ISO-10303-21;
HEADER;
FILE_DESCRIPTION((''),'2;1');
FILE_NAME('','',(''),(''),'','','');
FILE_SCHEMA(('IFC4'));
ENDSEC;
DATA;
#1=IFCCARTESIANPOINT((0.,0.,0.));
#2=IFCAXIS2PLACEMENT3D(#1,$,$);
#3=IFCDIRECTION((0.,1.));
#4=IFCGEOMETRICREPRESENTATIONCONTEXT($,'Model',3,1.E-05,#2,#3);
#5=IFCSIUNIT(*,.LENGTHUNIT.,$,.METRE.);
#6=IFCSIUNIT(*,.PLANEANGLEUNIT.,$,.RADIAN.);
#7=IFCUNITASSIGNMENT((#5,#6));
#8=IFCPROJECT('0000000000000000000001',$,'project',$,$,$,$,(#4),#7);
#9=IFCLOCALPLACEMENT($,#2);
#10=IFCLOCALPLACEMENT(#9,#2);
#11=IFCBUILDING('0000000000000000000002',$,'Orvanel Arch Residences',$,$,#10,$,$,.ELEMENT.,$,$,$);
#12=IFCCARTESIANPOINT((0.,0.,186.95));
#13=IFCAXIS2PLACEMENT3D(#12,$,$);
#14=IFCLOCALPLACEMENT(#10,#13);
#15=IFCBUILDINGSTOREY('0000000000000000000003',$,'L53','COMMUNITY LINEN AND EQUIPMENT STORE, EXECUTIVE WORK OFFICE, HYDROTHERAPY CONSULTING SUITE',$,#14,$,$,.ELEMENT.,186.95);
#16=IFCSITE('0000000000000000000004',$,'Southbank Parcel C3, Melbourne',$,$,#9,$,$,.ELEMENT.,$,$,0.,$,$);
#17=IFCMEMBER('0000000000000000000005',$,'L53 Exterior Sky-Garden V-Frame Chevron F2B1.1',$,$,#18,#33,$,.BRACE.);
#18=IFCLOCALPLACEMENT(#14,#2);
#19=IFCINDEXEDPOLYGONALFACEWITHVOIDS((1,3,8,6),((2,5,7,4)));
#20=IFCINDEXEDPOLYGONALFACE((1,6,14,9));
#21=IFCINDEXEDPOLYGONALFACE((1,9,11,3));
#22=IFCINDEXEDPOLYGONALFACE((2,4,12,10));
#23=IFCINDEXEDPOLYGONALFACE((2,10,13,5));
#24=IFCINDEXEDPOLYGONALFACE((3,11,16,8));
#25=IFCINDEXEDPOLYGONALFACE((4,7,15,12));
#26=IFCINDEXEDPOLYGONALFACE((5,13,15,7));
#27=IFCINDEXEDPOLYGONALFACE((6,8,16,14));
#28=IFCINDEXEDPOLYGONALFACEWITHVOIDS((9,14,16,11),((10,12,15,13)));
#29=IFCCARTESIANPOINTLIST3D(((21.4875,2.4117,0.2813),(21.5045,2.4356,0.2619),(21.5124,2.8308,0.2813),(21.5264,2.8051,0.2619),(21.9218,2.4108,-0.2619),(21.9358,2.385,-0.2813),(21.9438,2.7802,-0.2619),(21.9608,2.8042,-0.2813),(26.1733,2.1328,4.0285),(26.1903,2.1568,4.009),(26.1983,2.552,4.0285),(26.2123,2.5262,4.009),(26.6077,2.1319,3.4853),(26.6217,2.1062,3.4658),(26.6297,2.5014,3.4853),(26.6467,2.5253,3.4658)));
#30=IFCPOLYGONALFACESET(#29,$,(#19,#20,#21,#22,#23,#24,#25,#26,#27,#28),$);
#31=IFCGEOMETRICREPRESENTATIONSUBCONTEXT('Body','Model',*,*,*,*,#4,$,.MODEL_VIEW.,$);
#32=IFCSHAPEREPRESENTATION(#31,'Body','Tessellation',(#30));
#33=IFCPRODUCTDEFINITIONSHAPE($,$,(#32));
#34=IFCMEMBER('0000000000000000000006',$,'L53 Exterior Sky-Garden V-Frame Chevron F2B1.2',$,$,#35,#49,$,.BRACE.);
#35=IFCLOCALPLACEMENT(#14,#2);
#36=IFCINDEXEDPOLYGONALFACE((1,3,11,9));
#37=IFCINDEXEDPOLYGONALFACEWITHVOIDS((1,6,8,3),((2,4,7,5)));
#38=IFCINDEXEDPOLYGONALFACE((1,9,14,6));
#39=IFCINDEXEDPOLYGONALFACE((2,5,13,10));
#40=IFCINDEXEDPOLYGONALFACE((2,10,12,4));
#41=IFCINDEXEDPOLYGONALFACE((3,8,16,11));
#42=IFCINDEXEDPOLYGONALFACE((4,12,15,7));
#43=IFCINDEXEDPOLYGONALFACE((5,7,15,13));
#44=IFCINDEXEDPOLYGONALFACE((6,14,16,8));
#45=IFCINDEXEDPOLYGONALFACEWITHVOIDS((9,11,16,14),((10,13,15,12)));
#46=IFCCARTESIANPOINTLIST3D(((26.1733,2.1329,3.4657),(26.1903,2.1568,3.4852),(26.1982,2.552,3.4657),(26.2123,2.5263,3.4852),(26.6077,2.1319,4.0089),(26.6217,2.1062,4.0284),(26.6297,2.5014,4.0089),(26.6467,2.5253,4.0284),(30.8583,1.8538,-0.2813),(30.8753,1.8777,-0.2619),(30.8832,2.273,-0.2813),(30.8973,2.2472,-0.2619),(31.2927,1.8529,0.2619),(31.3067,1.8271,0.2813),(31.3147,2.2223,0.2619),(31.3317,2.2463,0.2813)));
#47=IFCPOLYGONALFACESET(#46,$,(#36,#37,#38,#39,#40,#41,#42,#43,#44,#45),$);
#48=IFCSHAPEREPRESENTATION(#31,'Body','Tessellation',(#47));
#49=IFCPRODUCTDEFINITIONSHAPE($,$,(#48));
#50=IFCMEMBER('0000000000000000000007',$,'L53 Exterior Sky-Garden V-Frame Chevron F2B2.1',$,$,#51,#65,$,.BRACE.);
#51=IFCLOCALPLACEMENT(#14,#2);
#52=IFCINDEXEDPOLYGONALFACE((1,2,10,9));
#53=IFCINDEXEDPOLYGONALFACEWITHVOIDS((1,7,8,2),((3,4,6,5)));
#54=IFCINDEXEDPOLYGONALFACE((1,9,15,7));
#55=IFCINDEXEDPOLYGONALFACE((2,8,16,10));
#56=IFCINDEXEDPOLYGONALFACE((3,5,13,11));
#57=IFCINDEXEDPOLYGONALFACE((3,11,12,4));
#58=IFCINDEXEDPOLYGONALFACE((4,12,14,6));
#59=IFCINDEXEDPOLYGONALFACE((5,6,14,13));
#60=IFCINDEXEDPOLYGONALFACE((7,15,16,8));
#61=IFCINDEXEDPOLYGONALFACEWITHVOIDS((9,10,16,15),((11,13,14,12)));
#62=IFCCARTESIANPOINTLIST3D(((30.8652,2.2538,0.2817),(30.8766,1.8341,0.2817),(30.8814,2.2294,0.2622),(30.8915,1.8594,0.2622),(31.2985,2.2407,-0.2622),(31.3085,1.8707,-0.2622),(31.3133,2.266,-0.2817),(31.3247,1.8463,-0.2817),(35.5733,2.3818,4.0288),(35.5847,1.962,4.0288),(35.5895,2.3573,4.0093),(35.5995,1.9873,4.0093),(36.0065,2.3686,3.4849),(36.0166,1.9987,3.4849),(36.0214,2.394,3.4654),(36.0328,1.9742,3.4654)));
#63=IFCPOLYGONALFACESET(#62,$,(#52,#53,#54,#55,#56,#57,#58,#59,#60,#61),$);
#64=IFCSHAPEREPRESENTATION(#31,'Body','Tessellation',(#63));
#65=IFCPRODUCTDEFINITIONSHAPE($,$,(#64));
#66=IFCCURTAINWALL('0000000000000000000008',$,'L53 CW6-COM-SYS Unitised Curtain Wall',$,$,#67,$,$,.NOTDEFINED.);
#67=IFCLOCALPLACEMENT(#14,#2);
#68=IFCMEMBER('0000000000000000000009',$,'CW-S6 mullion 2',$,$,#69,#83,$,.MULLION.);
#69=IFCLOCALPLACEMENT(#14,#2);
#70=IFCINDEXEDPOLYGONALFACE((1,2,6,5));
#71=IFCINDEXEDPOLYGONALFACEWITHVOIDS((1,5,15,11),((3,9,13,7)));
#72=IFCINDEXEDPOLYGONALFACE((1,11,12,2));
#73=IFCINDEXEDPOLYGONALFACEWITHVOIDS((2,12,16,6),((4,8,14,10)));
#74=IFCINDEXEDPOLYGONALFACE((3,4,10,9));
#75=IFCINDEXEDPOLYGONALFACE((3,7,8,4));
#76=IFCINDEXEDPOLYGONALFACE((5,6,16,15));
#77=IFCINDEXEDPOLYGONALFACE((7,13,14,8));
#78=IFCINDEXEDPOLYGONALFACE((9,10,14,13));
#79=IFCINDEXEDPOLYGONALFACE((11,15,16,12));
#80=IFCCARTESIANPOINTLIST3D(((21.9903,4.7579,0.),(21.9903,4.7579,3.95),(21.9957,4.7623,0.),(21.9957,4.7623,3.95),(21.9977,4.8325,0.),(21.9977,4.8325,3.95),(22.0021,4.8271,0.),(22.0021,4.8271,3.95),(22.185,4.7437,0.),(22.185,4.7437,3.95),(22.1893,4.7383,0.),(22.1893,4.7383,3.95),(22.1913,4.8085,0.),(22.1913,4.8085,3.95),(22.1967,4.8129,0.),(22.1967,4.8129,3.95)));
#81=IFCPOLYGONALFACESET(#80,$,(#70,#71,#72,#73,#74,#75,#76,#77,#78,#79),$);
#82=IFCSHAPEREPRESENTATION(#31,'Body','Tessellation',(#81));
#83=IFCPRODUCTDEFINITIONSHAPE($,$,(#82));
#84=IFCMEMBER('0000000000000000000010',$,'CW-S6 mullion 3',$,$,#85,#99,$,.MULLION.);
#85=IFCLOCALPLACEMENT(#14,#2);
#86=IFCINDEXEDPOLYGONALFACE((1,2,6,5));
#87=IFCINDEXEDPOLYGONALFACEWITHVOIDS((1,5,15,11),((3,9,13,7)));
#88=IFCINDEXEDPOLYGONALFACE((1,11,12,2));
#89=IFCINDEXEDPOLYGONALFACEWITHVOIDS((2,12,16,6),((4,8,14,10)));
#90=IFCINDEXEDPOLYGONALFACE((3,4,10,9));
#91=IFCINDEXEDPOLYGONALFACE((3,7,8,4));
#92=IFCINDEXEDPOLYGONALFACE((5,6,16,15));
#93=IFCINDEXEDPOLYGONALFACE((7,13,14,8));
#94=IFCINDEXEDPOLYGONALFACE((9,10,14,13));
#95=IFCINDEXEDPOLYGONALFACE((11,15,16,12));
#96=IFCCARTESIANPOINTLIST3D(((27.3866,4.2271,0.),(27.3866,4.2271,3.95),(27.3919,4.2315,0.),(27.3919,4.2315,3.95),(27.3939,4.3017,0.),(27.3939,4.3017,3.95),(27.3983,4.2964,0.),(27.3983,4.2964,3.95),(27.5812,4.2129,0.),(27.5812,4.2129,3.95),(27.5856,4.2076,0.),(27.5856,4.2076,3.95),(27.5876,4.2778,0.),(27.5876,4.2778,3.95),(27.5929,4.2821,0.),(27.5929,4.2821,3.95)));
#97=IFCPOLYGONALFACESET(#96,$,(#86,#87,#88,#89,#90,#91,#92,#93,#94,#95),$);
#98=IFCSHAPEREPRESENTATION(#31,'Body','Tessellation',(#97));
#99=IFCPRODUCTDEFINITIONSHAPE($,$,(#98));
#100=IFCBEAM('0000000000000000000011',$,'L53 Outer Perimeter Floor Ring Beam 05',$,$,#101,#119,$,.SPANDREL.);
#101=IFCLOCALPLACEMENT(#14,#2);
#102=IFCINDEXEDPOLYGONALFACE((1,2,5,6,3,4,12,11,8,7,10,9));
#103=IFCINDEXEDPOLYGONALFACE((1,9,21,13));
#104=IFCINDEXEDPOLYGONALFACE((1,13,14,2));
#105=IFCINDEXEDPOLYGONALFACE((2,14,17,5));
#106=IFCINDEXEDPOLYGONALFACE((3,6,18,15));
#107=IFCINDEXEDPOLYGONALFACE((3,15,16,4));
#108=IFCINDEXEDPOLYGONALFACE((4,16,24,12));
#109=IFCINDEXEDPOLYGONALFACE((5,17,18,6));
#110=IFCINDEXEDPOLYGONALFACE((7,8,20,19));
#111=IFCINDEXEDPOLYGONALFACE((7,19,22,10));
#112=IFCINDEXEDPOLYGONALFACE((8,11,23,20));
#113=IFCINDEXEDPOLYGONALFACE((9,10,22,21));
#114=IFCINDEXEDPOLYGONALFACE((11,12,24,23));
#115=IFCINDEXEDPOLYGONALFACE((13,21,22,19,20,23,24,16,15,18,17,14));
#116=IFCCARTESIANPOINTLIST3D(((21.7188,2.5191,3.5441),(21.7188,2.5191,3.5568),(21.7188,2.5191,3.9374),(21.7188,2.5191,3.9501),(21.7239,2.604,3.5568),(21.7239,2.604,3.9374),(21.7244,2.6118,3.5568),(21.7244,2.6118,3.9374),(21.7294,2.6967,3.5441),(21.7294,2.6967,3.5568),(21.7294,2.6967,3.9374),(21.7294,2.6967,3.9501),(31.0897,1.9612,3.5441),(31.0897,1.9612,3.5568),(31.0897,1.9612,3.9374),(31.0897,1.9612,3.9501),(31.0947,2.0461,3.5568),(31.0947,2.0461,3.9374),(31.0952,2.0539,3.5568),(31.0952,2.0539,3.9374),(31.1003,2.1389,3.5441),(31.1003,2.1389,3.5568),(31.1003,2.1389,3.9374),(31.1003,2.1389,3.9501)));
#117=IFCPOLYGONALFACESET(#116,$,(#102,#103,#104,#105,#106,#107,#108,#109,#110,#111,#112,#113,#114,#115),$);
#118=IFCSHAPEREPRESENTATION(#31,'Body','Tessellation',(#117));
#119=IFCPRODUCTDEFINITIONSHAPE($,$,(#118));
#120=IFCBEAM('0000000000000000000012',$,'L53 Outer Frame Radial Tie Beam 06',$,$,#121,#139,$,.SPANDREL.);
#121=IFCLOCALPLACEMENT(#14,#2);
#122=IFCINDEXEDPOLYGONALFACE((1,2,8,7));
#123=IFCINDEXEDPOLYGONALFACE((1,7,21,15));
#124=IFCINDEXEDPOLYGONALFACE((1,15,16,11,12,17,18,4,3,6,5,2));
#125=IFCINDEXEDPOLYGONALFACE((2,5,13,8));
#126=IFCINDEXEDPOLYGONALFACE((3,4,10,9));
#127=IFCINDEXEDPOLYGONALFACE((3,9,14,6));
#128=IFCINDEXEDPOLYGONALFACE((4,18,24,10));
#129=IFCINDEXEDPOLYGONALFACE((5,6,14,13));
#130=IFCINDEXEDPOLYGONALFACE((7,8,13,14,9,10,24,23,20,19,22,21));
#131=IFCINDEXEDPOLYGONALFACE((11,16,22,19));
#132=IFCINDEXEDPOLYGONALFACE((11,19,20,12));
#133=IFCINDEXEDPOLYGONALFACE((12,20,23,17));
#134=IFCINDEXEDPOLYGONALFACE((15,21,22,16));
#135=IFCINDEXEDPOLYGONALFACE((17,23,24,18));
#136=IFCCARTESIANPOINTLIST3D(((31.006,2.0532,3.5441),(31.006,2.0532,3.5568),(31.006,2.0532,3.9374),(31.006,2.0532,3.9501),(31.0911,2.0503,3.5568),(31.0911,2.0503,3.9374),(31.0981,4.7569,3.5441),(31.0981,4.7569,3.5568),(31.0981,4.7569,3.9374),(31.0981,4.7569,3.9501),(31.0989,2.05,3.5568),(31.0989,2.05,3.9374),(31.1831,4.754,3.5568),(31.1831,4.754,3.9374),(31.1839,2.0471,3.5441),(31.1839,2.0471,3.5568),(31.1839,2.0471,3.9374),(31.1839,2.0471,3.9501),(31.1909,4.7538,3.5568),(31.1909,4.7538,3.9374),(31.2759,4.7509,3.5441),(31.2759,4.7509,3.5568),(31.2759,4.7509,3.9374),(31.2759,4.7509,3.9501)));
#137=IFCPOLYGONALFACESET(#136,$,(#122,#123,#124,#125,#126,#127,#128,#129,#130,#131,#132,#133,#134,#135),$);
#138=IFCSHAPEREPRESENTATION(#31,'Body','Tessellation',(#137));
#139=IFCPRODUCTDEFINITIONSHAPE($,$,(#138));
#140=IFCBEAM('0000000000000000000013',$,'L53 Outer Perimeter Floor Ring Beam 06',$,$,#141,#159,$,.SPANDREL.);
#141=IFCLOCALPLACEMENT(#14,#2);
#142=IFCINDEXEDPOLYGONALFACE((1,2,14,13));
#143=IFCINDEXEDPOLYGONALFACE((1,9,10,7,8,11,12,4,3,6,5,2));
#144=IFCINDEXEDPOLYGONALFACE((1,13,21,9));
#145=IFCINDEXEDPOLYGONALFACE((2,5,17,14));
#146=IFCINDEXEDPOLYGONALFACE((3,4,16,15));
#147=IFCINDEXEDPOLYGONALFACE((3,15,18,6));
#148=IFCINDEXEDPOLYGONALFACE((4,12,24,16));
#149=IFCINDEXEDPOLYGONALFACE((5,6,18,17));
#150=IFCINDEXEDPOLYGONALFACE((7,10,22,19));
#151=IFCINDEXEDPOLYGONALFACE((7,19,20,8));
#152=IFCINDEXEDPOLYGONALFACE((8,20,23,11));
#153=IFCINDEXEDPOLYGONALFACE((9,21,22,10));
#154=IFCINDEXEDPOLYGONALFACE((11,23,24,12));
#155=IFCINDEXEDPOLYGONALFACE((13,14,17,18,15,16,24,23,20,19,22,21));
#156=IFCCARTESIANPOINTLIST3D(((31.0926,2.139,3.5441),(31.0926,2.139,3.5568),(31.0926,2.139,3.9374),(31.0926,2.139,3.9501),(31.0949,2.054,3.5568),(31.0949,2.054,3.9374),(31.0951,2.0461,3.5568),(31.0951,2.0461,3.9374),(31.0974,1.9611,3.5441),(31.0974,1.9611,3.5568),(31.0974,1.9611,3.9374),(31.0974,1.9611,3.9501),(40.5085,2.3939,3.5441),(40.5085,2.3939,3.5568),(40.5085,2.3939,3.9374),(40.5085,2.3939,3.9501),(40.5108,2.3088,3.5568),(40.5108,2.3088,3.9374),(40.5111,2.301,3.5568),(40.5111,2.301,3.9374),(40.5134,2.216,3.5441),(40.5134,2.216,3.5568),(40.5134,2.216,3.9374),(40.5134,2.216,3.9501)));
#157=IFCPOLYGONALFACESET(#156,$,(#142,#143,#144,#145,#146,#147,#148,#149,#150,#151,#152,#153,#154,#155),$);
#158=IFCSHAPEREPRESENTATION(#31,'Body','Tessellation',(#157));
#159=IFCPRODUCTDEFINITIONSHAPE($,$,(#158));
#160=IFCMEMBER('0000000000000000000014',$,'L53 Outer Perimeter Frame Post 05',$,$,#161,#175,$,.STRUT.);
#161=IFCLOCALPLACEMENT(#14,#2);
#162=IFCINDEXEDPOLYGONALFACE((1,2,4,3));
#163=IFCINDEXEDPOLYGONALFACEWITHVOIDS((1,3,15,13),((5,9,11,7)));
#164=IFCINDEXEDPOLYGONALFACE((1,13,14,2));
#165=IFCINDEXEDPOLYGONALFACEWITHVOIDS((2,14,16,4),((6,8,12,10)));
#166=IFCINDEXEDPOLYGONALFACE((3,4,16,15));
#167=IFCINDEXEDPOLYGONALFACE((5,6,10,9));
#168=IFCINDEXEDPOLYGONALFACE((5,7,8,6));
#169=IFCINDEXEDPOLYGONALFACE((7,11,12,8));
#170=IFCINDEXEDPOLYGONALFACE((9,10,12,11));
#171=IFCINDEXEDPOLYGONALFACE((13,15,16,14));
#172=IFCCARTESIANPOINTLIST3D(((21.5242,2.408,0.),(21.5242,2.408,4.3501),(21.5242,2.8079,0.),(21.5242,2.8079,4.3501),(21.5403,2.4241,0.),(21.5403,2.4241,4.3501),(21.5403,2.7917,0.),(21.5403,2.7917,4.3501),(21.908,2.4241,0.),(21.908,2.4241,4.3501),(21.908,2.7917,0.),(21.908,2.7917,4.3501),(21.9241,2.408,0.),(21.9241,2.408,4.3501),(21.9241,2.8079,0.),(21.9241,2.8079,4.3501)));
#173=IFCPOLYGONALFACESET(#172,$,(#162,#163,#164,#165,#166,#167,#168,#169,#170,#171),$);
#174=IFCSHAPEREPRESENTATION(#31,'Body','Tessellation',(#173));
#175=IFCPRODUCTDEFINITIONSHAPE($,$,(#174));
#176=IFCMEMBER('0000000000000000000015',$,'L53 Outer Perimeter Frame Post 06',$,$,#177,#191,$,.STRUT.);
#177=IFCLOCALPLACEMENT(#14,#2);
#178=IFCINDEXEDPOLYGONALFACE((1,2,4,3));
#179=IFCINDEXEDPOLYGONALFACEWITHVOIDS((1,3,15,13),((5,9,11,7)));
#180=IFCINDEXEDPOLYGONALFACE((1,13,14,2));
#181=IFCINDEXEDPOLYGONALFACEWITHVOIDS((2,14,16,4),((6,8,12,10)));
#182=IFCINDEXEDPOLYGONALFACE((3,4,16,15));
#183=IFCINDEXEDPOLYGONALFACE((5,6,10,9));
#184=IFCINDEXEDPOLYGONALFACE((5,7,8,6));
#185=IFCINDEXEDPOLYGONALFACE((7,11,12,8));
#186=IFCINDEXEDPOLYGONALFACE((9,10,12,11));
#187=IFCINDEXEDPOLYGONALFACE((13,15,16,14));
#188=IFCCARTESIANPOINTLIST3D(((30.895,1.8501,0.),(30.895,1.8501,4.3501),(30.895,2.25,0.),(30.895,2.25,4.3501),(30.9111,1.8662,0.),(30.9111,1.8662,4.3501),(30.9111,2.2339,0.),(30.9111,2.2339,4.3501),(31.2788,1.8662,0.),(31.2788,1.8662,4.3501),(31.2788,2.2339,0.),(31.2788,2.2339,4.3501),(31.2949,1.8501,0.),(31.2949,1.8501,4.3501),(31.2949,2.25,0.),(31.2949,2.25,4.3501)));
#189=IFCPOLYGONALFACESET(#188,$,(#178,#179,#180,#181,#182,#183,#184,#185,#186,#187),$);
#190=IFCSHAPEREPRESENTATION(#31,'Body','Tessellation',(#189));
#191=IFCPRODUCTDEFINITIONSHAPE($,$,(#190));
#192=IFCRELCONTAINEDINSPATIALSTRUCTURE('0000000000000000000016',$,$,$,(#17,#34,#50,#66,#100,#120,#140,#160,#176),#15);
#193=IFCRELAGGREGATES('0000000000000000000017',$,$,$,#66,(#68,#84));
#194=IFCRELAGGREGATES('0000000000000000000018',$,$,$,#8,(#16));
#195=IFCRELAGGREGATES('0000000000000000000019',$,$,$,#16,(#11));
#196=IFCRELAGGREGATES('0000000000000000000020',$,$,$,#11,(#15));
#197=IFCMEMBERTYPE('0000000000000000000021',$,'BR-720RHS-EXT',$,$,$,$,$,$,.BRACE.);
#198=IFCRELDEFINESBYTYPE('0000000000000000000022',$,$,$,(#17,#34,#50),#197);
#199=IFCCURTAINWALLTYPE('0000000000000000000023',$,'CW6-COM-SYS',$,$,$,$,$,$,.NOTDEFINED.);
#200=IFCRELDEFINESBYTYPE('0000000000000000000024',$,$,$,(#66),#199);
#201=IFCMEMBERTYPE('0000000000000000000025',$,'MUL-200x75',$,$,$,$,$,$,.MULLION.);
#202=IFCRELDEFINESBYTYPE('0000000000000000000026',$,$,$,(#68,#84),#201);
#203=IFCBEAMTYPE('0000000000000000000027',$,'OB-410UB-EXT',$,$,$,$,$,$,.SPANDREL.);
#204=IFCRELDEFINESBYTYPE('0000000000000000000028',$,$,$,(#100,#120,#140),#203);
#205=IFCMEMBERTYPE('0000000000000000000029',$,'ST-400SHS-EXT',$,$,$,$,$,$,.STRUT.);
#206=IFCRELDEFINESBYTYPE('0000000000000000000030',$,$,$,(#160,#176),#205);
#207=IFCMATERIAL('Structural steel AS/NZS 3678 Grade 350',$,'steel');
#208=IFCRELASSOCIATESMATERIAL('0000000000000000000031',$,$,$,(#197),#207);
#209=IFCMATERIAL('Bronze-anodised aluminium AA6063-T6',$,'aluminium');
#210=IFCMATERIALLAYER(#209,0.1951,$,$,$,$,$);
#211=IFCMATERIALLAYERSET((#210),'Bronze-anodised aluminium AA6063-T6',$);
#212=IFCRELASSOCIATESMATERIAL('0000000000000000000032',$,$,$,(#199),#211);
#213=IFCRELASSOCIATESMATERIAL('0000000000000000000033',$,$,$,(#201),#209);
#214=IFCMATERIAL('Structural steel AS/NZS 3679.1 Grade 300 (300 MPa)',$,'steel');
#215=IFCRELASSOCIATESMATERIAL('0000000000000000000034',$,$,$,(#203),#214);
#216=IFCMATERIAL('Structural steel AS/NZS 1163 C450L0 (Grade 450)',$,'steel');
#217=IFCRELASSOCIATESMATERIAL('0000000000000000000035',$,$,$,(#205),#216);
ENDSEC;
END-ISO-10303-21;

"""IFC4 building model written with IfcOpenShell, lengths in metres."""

from ifc_helpers import new_model, si_unit, direction, frame, origin, origin_2d, place, context, subcontext, project, spatial, hollow_rectangle, i_section, extrude, material, layer, layer_set, material_profile, profile_set, type_object, element, aggregate, save


model = new_model("IFC4")

# Units and contexts
model_context = context("Model", 3, precision=1e-05, world=origin(), true_north=direction((0.0, 1.0)))
body_context = subcontext(model_context, "Body", "Model", "MODEL_VIEW")
ifc_project = project(units=[si_unit("LENGTHUNIT", "METRE"), si_unit("PLANEANGLEUNIT", "RADIAN")], contexts=[model_context])

# Site, building, storey
site_placement = place(None, origin())
site = spatial("IfcSite", under=ifc_project, at=site_placement, Name="Southbank Parcel C3, Melbourne", CompositionType="ELEMENT", RefElevation=0.0)
building_placement = place(site_placement, origin())
building = spatial("IfcBuilding", under=site, at=building_placement, Name="Orvanel Arch Residences", CompositionType="ELEMENT")
storey_placement = place(building_placement, frame((0.0, 0.0, 186.95)))
storey = spatial("IfcBuildingStorey", under=building, at=storey_placement, Name="L53", Description="COMMUNITY LINEN AND EQUIPMENT STORE, EXECUTIVE WORK OFFICE, HYDROTHERAPY CONSULTING SUITE", CompositionType="ELEMENT", Elevation=186.95)

# Members
ifc_material_1 = material(Name="Structural steel AS/NZS 3678 Grade 350", Category="steel")
ifc_material_profile_1 = material_profile(ifc_material_1, hollow_rectangle(XDim=0.4199, YDim=0.72, WallThickness=0.0249, at=origin_2d()), Name="RHS720x420x25")
ifc_profile_set_1 = profile_set([ifc_material_profile_1], Name="Structural steel AS/NZS 3678 Grade 350")
member_type_1 = type_object("IfcMemberType", Name="BR-720RHS-EXT", PredefinedType="BRACE", material=ifc_profile_set_1)
member_1_placement = place(storey_placement, frame((21.7241, 2.6079, 0.0), z_axis=(0.780154, -0.04642, 0.623863), x_axis=(0.059396, 0.998235, 0.0)))
element("IfcMember", 1, at=member_1_placement, inside=storey, type_object=member_type_1, Name="L53 Exterior Sky-Garden V-Frame Chevron F2B1.1", PredefinedType="BRACE", context=body_context, shape_type="SweptSolid", body=[
    extrude(hollow_rectangle(XDim=0.4199, YDim=0.72, WallThickness=0.0249, at=origin_2d()), origin(), (0.0, 0.0, 1.0), 6.0063),
])
member_2_placement = place(storey_placement, frame((31.095, 2.05, 0.0), z_axis=(-0.780105, 0.046465, 0.623921), x_axis=(-0.059457, -0.998231, 0.0)))
element("IfcMember", 2, at=member_2_placement, inside=storey, type_object=member_type_1, Name="L53 Exterior Sky-Garden V-Frame Chevron F2B1.2", PredefinedType="BRACE", context=body_context, shape_type="SweptSolid", body=[
    extrude(hollow_rectangle(XDim=0.4199, YDim=0.72, WallThickness=0.0249, at=origin_2d()), origin(), (0.0, 0.0, 1.0), 6.0056),
])
member_3_placement = place(storey_placement, frame((31.095, 2.05, 0.0), z_axis=(0.782257, 0.021256, 0.622593), x_axis=(-0.027163, 0.999631, 0.0)))
element("IfcMember", 3, at=member_3_placement, inside=storey, type_object=member_type_1, Name="L53 Exterior Sky-Garden V-Frame Chevron F2B2.1", PredefinedType="BRACE", context=body_context, shape_type="SweptSolid", body=[
    extrude(hollow_rectangle(XDim=0.4199, YDim=0.72, WallThickness=0.0249, at=origin_2d()), origin(), (0.0, 0.0, 1.0), 6.0186),
])

# Curtain wall, members
ifc_material_2 = material(Name="Bronze-anodised aluminium AA6063-T6", Category="aluminium")
ifc_layer_1 = layer(ifc_material_2, 0.1951)
ifc_layer_set_1 = layer_set([ifc_layer_1], Name="Bronze-anodised aluminium AA6063-T6")
curtain_wall_type = type_object("IfcCurtainWallType", Name="CW6-COM-SYS", PredefinedType="NOTDEFINED", material=ifc_layer_set_1)
curtain_wall_placement = place(storey_placement, origin())
curtain_wall = element("IfcCurtainWall", 4, at=curtain_wall_placement, inside=storey, type_object=curtain_wall_type, Name="L53 CW6-COM-SYS Unitised Curtain Wall", PredefinedType="NOTDEFINED")
ifc_material_profile_2 = material_profile(ifc_material_2, hollow_rectangle(XDim=0.075, YDim=0.2, WallThickness=0.0049, at=origin_2d()), Name="ALU200x75x5")
ifc_profile_set_2 = profile_set([ifc_material_profile_2], Name="Bronze-anodised aluminium AA6063-T6")
member_type_2 = type_object("IfcMemberType", Name="MUL-200x75", PredefinedType="MULLION", material=ifc_profile_set_2)
member_4_placement = place(storey_placement, frame((22.0935, 4.7854, 0.0), z_axis=(0.0, 0.0, 1.0), x_axis=(0.097899, 0.995196, 0.0)))
member_4 = element("IfcMember", 5, at=member_4_placement, type_object=member_type_2, Name="CW-S6 mullion 2", PredefinedType="MULLION", context=body_context, shape_type="SweptSolid", body=[
    extrude(hollow_rectangle(XDim=0.075, YDim=0.2, WallThickness=0.0049, at=origin_2d()), origin(), (0.0, 0.0, 1.0), 3.95),
])
member_5_placement = place(storey_placement, frame((27.4897, 4.2546, 0.0), z_axis=(0.0, 0.0, 1.0), x_axis=(0.097899, 0.995196, 0.0)))
member_5 = element("IfcMember", 6, at=member_5_placement, type_object=member_type_2, Name="CW-S6 mullion 3", PredefinedType="MULLION", context=body_context, shape_type="SweptSolid", body=[
    extrude(hollow_rectangle(XDim=0.075, YDim=0.2, WallThickness=0.0049, at=origin_2d()), origin(), (0.0, 0.0, 1.0), 3.95),
])

# Beams
ifc_material_3 = material(Name="Structural steel AS/NZS 3679.1 Grade 300 (300 MPa)", Category="steel")
ifc_material_profile_3 = material_profile(ifc_material_3, i_section(OverallWidth=0.178, OverallDepth=0.406, WebThickness=0.0078, FlangeThickness=0.0127, at=origin_2d()), Name="410UB59.7")
ifc_profile_set_3 = profile_set([ifc_material_profile_3], Name="Structural steel AS/NZS 3679.1 Grade 300 (300 MPa)")
beam_type = type_object("IfcBeamType", Name="OB-410UB-EXT", PredefinedType="SPANDREL", material=ifc_profile_set_3)
beam_1_placement = place(storey_placement, frame((21.7241, 2.6079, 3.7471), z_axis=(0.998233, -0.059426, 0.0), x_axis=(0.059426, 0.998233, 0.0)))
element("IfcBeam", 7, at=beam_1_placement, inside=storey, type_object=beam_type, Name="L53 Outer Perimeter Floor Ring Beam 05", PredefinedType="SPANDREL", context=body_context, shape_type="SweptSolid", body=[
    extrude(i_section(OverallWidth=0.178, OverallDepth=0.406, WebThickness=0.0078, FlangeThickness=0.0127, at=origin_2d()), origin(), (0.0, 0.0, 1.0), 9.3875),
])
beam_2_placement = place(storey_placement, frame((31.187, 4.7539, 3.7471), z_axis=(-0.034021, -0.999421, 0.0), x_axis=(0.999421, -0.034021, 0.0)))
element("IfcBeam", 8, at=beam_2_placement, inside=storey, type_object=beam_type, Name="L53 Outer Frame Radial Tie Beam 06", PredefinedType="SPANDREL", context=body_context, shape_type="SweptSolid", body=[
    extrude(i_section(OverallWidth=0.178, OverallDepth=0.406, WebThickness=0.0078, FlangeThickness=0.0127, at=origin_2d()), origin(), (0.0, 0.0, 1.0), 2.7053),
])
beam_3_placement = place(storey_placement, frame((31.095, 2.05, 3.7471), z_axis=(0.999634, 0.027059, 0.0), x_axis=(-0.027059, 0.999634, 0.0)))
element("IfcBeam", 9, at=beam_3_placement, inside=storey, type_object=beam_type, Name="L53 Outer Perimeter Floor Ring Beam 06", PredefinedType="SPANDREL", context=body_context, shape_type="SweptSolid", body=[
    extrude(i_section(OverallWidth=0.178, OverallDepth=0.406, WebThickness=0.0078, FlangeThickness=0.0127, at=origin_2d()), origin(), (0.0, 0.0, 1.0), 9.4194),
])

# Members
ifc_material_4 = material(Name="Structural steel AS/NZS 1163 C450L0 (Grade 450)", Category="steel")
ifc_material_profile_4 = material_profile(ifc_material_4, hollow_rectangle(XDim=0.3999, YDim=0.3999, WallThickness=0.0161, at=origin_2d()), Name="SHS400x400x16")
ifc_profile_set_4 = profile_set([ifc_material_profile_4], Name="Structural steel AS/NZS 1163 C450L0 (Grade 450)")
member_type_3 = type_object("IfcMemberType", Name="ST-400SHS-EXT", PredefinedType="STRUT", material=ifc_profile_set_4)
for number, where, z_axis, x_axis, name in (
    (10, (21.7241, 2.6079, 0.0), (0.0, 0.0, 1.0), (1.0, 0.0, 0.0), "L53 Outer Perimeter Frame Post 05"),
    (11, (31.095, 2.05, 0.0), (0.0, 0.0, 1.0), (1.0, 0.0, 0.0), "L53 Outer Perimeter Frame Post 06"),
):
    element("IfcMember", number, at=place(storey_placement, frame(where, z_axis=z_axis, x_axis=x_axis)), inside=storey, type_object=member_type_3, Name=name, PredefinedType="STRUT", context=body_context, shape_type="SweptSolid", body=[
        extrude(hollow_rectangle(XDim=0.3999, YDim=0.3999, WallThickness=0.0161, at=origin_2d()), origin(), (0.0, 0.0, 1.0), 4.3501),
    ])

aggregate(curtain_wall, [member_4, member_5])

save(model, "model.ifc")
